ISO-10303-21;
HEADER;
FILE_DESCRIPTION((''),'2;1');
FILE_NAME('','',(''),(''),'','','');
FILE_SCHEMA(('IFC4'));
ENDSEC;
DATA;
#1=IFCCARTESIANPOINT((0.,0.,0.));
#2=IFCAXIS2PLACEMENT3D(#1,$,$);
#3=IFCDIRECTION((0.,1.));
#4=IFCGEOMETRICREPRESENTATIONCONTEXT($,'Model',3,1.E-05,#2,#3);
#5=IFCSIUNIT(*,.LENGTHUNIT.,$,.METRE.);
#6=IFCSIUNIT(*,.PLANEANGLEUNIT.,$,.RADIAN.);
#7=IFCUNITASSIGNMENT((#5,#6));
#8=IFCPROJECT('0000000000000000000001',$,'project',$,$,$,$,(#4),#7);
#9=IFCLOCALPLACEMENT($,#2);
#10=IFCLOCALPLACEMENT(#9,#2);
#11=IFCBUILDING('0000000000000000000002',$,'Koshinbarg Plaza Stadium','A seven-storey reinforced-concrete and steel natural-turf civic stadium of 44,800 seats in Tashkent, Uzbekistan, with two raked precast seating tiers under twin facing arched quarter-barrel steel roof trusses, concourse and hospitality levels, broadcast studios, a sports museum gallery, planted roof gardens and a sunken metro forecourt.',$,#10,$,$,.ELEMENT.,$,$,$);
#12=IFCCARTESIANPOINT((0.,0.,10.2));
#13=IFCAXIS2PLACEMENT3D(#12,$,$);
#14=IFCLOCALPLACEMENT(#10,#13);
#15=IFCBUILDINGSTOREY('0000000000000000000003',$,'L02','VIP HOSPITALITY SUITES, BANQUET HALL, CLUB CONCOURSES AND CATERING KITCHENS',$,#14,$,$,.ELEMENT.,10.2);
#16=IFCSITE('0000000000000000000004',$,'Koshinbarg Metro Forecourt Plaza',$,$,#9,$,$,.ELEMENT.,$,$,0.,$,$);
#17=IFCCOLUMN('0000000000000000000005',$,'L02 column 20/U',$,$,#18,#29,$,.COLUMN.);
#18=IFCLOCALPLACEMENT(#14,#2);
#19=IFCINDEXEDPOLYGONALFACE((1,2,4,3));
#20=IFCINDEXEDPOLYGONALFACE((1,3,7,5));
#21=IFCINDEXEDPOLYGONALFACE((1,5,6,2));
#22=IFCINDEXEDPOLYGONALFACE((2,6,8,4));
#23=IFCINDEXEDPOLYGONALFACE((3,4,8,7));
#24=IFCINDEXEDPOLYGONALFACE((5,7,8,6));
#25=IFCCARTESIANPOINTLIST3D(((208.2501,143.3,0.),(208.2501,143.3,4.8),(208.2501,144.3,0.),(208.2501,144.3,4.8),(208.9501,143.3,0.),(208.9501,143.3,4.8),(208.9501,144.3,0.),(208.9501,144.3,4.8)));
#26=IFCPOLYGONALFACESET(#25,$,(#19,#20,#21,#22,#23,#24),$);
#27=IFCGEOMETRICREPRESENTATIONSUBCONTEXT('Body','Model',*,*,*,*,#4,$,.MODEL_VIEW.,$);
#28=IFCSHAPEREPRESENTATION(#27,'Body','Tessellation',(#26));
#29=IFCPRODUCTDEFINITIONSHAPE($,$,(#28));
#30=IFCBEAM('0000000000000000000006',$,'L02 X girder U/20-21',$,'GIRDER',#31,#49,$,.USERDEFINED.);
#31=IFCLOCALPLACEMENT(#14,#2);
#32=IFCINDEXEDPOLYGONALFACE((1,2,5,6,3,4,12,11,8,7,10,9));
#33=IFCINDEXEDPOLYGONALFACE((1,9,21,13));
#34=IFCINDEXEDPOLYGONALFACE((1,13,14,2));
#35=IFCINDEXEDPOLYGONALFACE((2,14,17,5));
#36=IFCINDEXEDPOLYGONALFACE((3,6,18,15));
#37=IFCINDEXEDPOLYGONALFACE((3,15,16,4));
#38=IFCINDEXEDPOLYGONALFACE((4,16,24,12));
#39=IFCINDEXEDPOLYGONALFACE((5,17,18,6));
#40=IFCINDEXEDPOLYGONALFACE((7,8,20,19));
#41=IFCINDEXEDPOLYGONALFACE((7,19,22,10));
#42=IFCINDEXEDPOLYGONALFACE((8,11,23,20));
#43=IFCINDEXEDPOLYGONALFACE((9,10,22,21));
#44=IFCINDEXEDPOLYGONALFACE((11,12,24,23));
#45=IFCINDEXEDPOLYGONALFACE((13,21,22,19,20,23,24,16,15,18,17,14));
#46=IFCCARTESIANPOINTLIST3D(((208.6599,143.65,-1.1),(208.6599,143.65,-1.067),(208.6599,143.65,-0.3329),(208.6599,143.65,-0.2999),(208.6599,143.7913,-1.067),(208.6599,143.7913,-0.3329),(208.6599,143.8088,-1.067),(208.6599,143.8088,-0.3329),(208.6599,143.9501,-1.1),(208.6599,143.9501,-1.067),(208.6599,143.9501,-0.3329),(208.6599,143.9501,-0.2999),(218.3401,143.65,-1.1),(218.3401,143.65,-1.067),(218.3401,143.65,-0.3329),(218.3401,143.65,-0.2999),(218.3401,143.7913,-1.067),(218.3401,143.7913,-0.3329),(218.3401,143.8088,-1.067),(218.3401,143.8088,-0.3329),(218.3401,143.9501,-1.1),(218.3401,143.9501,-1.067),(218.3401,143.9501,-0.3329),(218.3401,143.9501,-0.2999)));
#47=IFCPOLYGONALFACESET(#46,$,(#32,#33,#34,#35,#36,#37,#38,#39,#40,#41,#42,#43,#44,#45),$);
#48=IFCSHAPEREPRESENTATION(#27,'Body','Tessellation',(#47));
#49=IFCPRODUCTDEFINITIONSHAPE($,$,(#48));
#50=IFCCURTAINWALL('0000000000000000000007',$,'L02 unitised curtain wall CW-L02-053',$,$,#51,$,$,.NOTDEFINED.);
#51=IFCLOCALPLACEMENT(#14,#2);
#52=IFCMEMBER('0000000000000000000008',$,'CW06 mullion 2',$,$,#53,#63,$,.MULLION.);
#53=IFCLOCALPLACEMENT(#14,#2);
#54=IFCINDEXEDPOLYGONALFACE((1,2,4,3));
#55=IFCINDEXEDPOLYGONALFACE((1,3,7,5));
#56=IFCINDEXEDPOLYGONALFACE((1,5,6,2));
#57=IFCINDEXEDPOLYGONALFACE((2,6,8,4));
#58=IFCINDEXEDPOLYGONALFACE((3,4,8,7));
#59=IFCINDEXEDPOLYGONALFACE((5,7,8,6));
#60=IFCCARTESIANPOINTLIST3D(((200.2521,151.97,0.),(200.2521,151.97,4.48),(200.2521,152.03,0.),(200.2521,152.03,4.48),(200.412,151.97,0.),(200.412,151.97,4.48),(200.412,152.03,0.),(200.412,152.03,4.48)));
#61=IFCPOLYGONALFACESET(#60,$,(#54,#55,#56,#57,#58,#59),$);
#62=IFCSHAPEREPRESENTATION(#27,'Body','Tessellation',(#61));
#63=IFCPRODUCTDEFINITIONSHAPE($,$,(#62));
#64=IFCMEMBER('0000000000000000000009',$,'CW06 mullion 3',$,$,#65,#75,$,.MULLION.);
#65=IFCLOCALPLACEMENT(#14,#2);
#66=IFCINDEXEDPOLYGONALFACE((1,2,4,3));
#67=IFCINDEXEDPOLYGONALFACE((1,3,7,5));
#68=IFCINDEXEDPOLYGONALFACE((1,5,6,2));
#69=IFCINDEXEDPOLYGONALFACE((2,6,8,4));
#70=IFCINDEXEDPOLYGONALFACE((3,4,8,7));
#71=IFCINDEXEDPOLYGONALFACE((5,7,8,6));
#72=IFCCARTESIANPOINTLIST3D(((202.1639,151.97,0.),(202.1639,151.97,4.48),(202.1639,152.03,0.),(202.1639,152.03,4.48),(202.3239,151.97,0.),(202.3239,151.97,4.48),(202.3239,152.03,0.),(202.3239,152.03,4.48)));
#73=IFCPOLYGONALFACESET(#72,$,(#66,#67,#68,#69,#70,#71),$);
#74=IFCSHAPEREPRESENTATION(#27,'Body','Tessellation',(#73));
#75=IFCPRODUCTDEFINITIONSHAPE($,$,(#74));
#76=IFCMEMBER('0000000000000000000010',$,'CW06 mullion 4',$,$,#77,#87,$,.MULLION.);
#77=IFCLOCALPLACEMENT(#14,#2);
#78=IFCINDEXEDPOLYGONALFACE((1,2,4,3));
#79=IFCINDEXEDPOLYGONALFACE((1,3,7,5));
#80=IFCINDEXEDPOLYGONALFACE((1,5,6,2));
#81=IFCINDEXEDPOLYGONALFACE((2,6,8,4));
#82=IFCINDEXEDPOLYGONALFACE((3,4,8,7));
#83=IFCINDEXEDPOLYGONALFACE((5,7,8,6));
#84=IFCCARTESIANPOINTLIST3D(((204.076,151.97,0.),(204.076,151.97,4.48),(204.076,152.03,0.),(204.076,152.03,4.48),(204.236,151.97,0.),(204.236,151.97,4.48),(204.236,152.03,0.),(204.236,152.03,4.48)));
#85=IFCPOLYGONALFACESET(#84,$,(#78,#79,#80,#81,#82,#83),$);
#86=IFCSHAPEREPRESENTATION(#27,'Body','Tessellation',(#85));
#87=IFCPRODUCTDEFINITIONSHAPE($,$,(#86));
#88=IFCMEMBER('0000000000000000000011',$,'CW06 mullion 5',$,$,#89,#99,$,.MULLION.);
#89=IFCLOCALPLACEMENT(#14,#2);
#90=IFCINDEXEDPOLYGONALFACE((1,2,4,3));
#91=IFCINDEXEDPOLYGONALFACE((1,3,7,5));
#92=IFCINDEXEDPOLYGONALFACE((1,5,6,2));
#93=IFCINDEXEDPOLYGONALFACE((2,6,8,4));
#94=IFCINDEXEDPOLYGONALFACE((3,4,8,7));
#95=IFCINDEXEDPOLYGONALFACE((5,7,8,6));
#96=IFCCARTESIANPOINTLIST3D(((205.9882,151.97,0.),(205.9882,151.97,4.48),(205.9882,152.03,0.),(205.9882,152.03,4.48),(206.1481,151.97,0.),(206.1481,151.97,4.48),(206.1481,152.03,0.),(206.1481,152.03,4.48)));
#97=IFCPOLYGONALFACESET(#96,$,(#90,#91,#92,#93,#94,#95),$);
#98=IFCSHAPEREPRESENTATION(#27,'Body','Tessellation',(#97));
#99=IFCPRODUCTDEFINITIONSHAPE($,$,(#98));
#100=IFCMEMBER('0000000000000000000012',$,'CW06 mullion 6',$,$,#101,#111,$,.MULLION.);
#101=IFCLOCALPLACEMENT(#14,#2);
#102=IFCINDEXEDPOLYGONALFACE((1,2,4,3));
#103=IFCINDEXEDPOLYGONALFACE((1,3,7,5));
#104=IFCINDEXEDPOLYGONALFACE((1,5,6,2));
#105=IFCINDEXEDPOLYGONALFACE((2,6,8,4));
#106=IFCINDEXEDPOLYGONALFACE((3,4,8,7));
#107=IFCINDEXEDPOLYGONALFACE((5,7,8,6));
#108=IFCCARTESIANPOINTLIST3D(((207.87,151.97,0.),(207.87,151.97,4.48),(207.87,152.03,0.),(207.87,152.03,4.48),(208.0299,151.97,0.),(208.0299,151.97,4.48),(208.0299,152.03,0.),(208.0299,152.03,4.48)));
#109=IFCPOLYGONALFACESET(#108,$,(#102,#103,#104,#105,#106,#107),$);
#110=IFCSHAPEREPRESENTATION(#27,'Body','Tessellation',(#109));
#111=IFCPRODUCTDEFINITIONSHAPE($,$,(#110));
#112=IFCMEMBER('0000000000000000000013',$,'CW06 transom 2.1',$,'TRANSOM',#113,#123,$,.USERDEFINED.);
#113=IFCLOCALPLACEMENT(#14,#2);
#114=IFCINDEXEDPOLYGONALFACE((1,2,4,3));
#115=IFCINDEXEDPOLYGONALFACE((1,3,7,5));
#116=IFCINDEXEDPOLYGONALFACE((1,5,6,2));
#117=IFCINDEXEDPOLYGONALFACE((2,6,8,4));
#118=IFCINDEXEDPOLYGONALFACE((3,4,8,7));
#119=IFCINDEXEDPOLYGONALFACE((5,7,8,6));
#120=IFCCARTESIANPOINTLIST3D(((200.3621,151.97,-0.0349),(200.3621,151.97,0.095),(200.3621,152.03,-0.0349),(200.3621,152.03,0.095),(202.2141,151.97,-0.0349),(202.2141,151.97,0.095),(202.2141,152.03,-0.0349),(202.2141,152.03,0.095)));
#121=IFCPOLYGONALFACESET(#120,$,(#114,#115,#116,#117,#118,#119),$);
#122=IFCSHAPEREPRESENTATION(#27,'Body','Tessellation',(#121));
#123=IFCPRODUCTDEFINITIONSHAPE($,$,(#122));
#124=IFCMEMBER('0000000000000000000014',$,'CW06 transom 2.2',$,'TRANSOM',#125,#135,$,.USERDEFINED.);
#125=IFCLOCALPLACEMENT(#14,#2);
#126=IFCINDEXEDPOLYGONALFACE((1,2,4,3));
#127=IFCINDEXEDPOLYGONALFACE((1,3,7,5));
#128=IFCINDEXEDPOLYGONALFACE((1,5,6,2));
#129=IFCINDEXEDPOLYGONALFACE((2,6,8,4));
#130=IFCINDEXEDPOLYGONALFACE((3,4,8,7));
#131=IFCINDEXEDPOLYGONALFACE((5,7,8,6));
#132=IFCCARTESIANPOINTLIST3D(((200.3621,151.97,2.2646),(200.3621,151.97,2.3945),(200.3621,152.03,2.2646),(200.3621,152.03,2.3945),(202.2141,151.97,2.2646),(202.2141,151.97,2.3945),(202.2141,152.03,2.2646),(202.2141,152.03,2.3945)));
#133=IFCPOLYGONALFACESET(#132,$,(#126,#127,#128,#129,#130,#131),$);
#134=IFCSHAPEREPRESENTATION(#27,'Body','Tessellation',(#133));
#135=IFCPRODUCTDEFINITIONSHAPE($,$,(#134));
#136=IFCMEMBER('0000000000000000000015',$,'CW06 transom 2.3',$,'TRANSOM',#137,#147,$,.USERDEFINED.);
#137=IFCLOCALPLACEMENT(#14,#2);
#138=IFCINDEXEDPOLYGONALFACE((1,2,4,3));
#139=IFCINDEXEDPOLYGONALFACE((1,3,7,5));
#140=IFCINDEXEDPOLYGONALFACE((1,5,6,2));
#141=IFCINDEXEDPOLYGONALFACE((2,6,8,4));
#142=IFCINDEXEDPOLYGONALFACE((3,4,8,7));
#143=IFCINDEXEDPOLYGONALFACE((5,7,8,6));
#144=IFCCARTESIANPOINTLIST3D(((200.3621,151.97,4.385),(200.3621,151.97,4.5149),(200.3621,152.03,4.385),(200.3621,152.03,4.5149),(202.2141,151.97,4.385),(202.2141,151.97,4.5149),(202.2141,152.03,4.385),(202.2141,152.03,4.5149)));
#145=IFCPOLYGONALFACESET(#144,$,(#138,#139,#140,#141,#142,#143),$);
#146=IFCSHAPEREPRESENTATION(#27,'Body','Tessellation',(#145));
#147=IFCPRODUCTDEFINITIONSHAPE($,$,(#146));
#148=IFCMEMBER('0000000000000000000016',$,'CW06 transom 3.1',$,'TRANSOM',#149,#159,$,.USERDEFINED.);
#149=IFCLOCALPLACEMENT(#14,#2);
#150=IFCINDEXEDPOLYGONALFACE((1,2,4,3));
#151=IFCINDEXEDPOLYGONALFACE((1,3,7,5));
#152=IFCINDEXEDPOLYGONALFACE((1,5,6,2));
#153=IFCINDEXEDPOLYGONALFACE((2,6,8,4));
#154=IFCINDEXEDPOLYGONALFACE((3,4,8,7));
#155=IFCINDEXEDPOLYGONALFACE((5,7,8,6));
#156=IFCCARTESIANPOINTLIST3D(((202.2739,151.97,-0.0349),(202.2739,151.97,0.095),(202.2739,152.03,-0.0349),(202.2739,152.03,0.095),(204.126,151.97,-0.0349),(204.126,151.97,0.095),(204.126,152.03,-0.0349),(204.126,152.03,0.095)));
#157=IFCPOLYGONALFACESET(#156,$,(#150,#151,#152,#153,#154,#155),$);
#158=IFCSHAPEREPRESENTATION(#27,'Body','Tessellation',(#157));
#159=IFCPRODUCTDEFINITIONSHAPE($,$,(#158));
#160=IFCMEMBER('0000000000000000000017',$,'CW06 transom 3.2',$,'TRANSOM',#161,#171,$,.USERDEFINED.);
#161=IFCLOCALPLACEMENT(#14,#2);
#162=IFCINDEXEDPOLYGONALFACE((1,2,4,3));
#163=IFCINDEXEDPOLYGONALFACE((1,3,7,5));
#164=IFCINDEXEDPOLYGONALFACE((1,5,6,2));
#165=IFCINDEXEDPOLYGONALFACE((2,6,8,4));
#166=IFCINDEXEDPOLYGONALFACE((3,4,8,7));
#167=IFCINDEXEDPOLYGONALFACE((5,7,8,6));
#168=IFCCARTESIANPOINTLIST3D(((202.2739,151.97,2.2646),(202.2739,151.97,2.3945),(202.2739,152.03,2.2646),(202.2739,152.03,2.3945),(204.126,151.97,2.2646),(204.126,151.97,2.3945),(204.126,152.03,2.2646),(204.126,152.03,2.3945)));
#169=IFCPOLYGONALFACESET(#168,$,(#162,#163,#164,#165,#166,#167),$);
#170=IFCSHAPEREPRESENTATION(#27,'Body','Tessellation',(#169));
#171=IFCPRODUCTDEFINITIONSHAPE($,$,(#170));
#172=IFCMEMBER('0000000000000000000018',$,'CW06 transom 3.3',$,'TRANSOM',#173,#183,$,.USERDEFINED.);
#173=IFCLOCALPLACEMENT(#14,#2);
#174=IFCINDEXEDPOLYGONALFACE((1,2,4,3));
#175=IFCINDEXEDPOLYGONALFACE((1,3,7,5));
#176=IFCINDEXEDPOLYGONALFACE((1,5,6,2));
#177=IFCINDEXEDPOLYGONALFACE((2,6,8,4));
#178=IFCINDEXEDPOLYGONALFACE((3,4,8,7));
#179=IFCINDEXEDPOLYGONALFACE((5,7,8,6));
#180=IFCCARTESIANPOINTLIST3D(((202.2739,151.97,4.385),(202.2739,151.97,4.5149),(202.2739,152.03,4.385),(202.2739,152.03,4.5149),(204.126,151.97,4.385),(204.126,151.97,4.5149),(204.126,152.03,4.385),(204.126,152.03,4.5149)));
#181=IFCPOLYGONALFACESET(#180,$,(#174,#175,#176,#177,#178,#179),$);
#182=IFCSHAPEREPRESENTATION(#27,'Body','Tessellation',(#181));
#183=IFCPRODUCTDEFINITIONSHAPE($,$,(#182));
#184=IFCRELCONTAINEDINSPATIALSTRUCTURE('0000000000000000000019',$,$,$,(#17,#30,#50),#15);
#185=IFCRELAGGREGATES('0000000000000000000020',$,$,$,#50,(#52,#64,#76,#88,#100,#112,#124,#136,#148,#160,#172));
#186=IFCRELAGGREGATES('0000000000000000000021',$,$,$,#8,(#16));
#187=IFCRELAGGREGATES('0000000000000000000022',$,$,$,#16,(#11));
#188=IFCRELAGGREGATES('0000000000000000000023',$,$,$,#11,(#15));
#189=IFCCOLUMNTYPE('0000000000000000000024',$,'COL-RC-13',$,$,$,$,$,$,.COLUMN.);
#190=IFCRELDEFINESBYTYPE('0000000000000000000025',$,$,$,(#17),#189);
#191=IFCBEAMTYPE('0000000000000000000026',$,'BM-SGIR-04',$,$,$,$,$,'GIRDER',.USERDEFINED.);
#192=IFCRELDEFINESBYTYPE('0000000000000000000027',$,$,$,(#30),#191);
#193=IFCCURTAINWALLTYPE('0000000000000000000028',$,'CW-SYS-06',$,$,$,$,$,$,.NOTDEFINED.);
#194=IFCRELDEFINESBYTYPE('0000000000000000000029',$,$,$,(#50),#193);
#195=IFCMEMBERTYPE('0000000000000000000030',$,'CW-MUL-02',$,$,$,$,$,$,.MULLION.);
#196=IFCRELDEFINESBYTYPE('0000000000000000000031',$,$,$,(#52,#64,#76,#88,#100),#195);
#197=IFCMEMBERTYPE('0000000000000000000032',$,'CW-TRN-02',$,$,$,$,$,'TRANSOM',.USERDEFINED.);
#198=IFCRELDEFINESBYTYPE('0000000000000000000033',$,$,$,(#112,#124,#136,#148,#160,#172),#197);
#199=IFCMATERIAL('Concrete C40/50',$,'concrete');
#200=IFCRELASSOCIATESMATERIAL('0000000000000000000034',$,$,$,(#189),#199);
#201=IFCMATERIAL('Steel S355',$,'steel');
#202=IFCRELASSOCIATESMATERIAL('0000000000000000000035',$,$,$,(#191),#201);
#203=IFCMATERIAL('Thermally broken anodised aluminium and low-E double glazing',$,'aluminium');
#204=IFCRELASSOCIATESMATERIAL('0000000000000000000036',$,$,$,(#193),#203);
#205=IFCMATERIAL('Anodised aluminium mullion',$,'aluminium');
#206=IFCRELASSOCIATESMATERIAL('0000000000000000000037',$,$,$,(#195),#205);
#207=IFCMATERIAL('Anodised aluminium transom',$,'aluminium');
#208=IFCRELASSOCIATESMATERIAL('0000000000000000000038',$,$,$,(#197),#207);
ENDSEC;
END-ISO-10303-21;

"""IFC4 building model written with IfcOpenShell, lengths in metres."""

from ifc_helpers import new_model, si_unit, direction, frame, origin, origin_2d, place, context, subcontext, project, spatial, rectangle, i_section, extrude, material, material_profile, profile_set, type_object, element, aggregate, save


model = new_model("IFC4")

# Units and contexts
model_context = context("Model", 3, precision=1e-05, world=origin(), true_north=direction((0.0, 1.0)))
body_context = subcontext(model_context, "Body", "Model", "MODEL_VIEW")
ifc_project = project(units=[si_unit("LENGTHUNIT", "METRE"), si_unit("PLANEANGLEUNIT", "RADIAN")], contexts=[model_context])

# Site, building, storey
site_placement = place(None, origin())
site = spatial("IfcSite", under=ifc_project, at=site_placement, Name="Koshinbarg Metro Forecourt Plaza", CompositionType="ELEMENT", RefElevation=0.0)
building_placement = place(site_placement, origin())
building = spatial("IfcBuilding", under=site, at=building_placement, Name="Koshinbarg Plaza Stadium", Description="A seven-storey reinforced-concrete and steel natural-turf civic stadium of 44,800 seats in Tashkent, Uzbekistan, with two raked precast seating tiers under twin facing arched quarter-barrel steel roof trusses, concourse and hospitality levels, broadcast studios, a sports museum gallery, planted roof gardens and a sunken metro forecourt.", CompositionType="ELEMENT")
storey_placement = place(building_placement, frame((0.0, 0.0, 10.2)))
storey = spatial("IfcBuildingStorey", under=building, at=storey_placement, Name="L02", Description="VIP HOSPITALITY SUITES, BANQUET HALL, CLUB CONCOURSES AND CATERING KITCHENS", CompositionType="ELEMENT", Elevation=10.2)

# Column
ifc_material_1 = material(Name="Concrete C40/50", Category="concrete")
ifc_material_profile_1 = material_profile(ifc_material_1, rectangle(XDim=0.7, YDim=1.0, at=origin_2d()), Name="RC 700x1000")
ifc_profile_set_1 = profile_set([ifc_material_profile_1], Name="Concrete C40/50")
column_type = type_object("IfcColumnType", Name="COL-RC-13", PredefinedType="COLUMN", material=ifc_profile_set_1)
column_placement = place(storey_placement, frame((208.6001, 143.8, 0.0), z_axis=(0.0, 0.0, 1.0), x_axis=(1.0, 0.0, 0.0)))
element("IfcColumn", 1, at=column_placement, inside=storey, type_object=column_type, Name="L02 column 20/U", PredefinedType="COLUMN", context=body_context, shape_type="SweptSolid", body=[
    extrude(rectangle(XDim=0.7, YDim=1.0, at=origin_2d()), origin(), (0.0, 0.0, 1.0), 4.8),
])

# Beam
ifc_material_2 = material(Name="Steel S355", Category="steel")
ifc_material_profile_2 = material_profile(ifc_material_2, i_section(OverallWidth=0.3, OverallDepth=0.8, WebThickness=0.0176, FlangeThickness=0.033, at=origin_2d()), Name="HEB 800")
ifc_profile_set_2 = profile_set([ifc_material_profile_2], Name="Steel S355")
beam_type = type_object("IfcBeamType", Name="BM-SGIR-04", ElementType="GIRDER", PredefinedType="USERDEFINED", material=ifc_profile_set_2)
beam_placement = place(storey_placement, frame((208.6599, 143.8, -0.7), z_axis=(1.0, 0.0, 0.0), x_axis=(0.0, 1.0, 0.0)))
element("IfcBeam", 2, at=beam_placement, inside=storey, type_object=beam_type, Name="L02 X girder U/20-21", ObjectType="GIRDER", PredefinedType="USERDEFINED", context=body_context, shape_type="SweptSolid", body=[
    extrude(i_section(OverallWidth=0.3, OverallDepth=0.8, WebThickness=0.0176, FlangeThickness=0.033, at=origin_2d()), origin(), (0.0, 0.0, 1.0), 9.6802),
])

# Curtain wall, members
ifc_material_3 = material(Name="Thermally broken anodised aluminium and low-E double glazing", Category="aluminium")
curtain_wall_type = type_object("IfcCurtainWallType", Name="CW-SYS-06", PredefinedType="NOTDEFINED", material=ifc_material_3)
curtain_wall_placement = place(storey_placement, origin())
curtain_wall = element("IfcCurtainWall", 3, at=curtain_wall_placement, inside=storey, type_object=curtain_wall_type, Name="L02 unitised curtain wall CW-L02-053", PredefinedType="NOTDEFINED")
ifc_material_4 = material(Name="Anodised aluminium mullion", Category="aluminium")
ifc_material_profile_3 = material_profile(ifc_material_4, rectangle(XDim=0.0601, YDim=0.1599, at=origin_2d()), Name="ALU 60x160")
ifc_profile_set_3 = profile_set([ifc_material_profile_3], Name="Anodised aluminium mullion")
member_type_1 = type_object("IfcMemberType", Name="CW-MUL-02", PredefinedType="MULLION", material=ifc_profile_set_3)
member_1_placement = place(storey_placement, frame((200.332, 152.0, 0.0), z_axis=(0.0, 0.0, 1.0), x_axis=(0.0, 1.0, 0.0)))
member_1 = element("IfcMember", 4, at=member_1_placement, type_object=member_type_1, Name="CW06 mullion 2", PredefinedType="MULLION", context=body_context, shape_type="SweptSolid", body=[
    extrude(rectangle(XDim=0.0601, YDim=0.1599, at=origin_2d()), origin(), (0.0, 0.0, 1.0), 4.48),
])
member_2_placement = place(storey_placement, frame((202.2439, 152.0, 0.0), z_axis=(0.0, 0.0, 1.0), x_axis=(0.0, 1.0, 0.0)))
member_2 = element("IfcMember", 5, at=member_2_placement, type_object=member_type_1, Name="CW06 mullion 3", PredefinedType="MULLION", context=body_context, shape_type="SweptSolid", body=[
    extrude(rectangle(XDim=0.0601, YDim=0.1599, at=origin_2d()), origin(), (0.0, 0.0, 1.0), 4.48),
])
member_3_placement = place(storey_placement, frame((204.156, 152.0, 0.0), z_axis=(0.0, 0.0, 1.0), x_axis=(0.0, 1.0, 0.0)))
member_3 = element("IfcMember", 6, at=member_3_placement, type_object=member_type_1, Name="CW06 mullion 4", PredefinedType="MULLION", context=body_context, shape_type="SweptSolid", body=[
    extrude(rectangle(XDim=0.0601, YDim=0.1599, at=origin_2d()), origin(), (0.0, 0.0, 1.0), 4.48),
])
member_4_placement = place(storey_placement, frame((206.0681, 152.0, 0.0), z_axis=(0.0, 0.0, 1.0), x_axis=(0.0, 1.0, 0.0)))
member_4 = element("IfcMember", 7, at=member_4_placement, type_object=member_type_1, Name="CW06 mullion 5", PredefinedType="MULLION", context=body_context, shape_type="SweptSolid", body=[
    extrude(rectangle(XDim=0.0601, YDim=0.1599, at=origin_2d()), origin(), (0.0, 0.0, 1.0), 4.48),
])
member_5_placement = place(storey_placement, frame((207.95, 152.0, 0.0), z_axis=(0.0, 0.0, 1.0), x_axis=(0.0, 1.0, 0.0)))
member_5 = element("IfcMember", 8, at=member_5_placement, type_object=member_type_1, Name="CW06 mullion 6", PredefinedType="MULLION", context=body_context, shape_type="SweptSolid", body=[
    extrude(rectangle(XDim=0.0601, YDim=0.1599, at=origin_2d()), origin(), (0.0, 0.0, 1.0), 4.48),
])
ifc_material_5 = material(Name="Anodised aluminium transom", Category="aluminium")
ifc_material_profile_4 = material_profile(ifc_material_5, rectangle(XDim=0.0601, YDim=0.1299, at=origin_2d()), Name="ALU 60x130")
ifc_profile_set_4 = profile_set([ifc_material_profile_4], Name="Anodised aluminium transom")
member_type_2 = type_object("IfcMemberType", Name="CW-TRN-02", ElementType="TRANSOM", PredefinedType="USERDEFINED", material=ifc_profile_set_4)
member_6_placement = place(storey_placement, frame((200.3621, 152.0, 0.03), z_axis=(1.0, 0.0, 0.0), x_axis=(0.0, 1.0, 0.0)))
member_6 = element("IfcMember", 9, at=member_6_placement, type_object=member_type_2, Name="CW06 transom 2.1", ObjectType="TRANSOM", PredefinedType="USERDEFINED", context=body_context, shape_type="SweptSolid", body=[
    extrude(rectangle(XDim=0.0601, YDim=0.1299, at=origin_2d()), origin(), (0.0, 0.0, 1.0), 1.8521),
])
member_7_placement = place(storey_placement, frame((200.3621, 152.0, 2.3296), z_axis=(1.0, 0.0, 0.0), x_axis=(0.0, 1.0, 0.0)))
member_7 = element("IfcMember", 10, at=member_7_placement, type_object=member_type_2, Name="CW06 transom 2.2", ObjectType="TRANSOM", PredefinedType="USERDEFINED", context=body_context, shape_type="SweptSolid", body=[
    extrude(rectangle(XDim=0.0601, YDim=0.1299, at=origin_2d()), origin(), (0.0, 0.0, 1.0), 1.8521),
])
member_8_placement = place(storey_placement, frame((200.3621, 152.0, 4.45), z_axis=(1.0, 0.0, 0.0), x_axis=(0.0, 1.0, 0.0)))
member_8 = element("IfcMember", 11, at=member_8_placement, type_object=member_type_2, Name="CW06 transom 2.3", ObjectType="TRANSOM", PredefinedType="USERDEFINED", context=body_context, shape_type="SweptSolid", body=[
    extrude(rectangle(XDim=0.0601, YDim=0.1299, at=origin_2d()), origin(), (0.0, 0.0, 1.0), 1.8521),
])
member_9_placement = place(storey_placement, frame((202.2739, 152.0, 0.03), z_axis=(1.0, 0.0, 0.0), x_axis=(0.0, 1.0, 0.0)))
member_9 = element("IfcMember", 12, at=member_9_placement, type_object=member_type_2, Name="CW06 transom 3.1", ObjectType="TRANSOM", PredefinedType="USERDEFINED", context=body_context, shape_type="SweptSolid", body=[
    extrude(rectangle(XDim=0.0601, YDim=0.1299, at=origin_2d()), origin(), (0.0, 0.0, 1.0), 1.8521),
])
member_10_placement = place(storey_placement, frame((202.2739, 152.0, 2.3296), z_axis=(1.0, 0.0, 0.0), x_axis=(0.0, 1.0, 0.0)))
member_10 = element("IfcMember", 13, at=member_10_placement, type_object=member_type_2, Name="CW06 transom 3.2", ObjectType="TRANSOM", PredefinedType="USERDEFINED", context=body_context, shape_type="SweptSolid", body=[
    extrude(rectangle(XDim=0.0601, YDim=0.1299, at=origin_2d()), origin(), (0.0, 0.0, 1.0), 1.8521),
])
member_11_placement = place(storey_placement, frame((202.2739, 152.0, 4.45), z_axis=(1.0, 0.0, 0.0), x_axis=(0.0, 1.0, 0.0)))
member_11 = element("IfcMember", 14, at=member_11_placement, type_object=member_type_2, Name="CW06 transom 3.3", ObjectType="TRANSOM", PredefinedType="USERDEFINED", context=body_context, shape_type="SweptSolid", body=[
    extrude(rectangle(XDim=0.0601, YDim=0.1299, at=origin_2d()), origin(), (0.0, 0.0, 1.0), 1.8521),
])
aggregate(curtain_wall, [member_1, member_2, member_3, member_4, member_5, member_6, member_7, member_8, member_9, member_10, member_11])

save(model, "model.ifc")
